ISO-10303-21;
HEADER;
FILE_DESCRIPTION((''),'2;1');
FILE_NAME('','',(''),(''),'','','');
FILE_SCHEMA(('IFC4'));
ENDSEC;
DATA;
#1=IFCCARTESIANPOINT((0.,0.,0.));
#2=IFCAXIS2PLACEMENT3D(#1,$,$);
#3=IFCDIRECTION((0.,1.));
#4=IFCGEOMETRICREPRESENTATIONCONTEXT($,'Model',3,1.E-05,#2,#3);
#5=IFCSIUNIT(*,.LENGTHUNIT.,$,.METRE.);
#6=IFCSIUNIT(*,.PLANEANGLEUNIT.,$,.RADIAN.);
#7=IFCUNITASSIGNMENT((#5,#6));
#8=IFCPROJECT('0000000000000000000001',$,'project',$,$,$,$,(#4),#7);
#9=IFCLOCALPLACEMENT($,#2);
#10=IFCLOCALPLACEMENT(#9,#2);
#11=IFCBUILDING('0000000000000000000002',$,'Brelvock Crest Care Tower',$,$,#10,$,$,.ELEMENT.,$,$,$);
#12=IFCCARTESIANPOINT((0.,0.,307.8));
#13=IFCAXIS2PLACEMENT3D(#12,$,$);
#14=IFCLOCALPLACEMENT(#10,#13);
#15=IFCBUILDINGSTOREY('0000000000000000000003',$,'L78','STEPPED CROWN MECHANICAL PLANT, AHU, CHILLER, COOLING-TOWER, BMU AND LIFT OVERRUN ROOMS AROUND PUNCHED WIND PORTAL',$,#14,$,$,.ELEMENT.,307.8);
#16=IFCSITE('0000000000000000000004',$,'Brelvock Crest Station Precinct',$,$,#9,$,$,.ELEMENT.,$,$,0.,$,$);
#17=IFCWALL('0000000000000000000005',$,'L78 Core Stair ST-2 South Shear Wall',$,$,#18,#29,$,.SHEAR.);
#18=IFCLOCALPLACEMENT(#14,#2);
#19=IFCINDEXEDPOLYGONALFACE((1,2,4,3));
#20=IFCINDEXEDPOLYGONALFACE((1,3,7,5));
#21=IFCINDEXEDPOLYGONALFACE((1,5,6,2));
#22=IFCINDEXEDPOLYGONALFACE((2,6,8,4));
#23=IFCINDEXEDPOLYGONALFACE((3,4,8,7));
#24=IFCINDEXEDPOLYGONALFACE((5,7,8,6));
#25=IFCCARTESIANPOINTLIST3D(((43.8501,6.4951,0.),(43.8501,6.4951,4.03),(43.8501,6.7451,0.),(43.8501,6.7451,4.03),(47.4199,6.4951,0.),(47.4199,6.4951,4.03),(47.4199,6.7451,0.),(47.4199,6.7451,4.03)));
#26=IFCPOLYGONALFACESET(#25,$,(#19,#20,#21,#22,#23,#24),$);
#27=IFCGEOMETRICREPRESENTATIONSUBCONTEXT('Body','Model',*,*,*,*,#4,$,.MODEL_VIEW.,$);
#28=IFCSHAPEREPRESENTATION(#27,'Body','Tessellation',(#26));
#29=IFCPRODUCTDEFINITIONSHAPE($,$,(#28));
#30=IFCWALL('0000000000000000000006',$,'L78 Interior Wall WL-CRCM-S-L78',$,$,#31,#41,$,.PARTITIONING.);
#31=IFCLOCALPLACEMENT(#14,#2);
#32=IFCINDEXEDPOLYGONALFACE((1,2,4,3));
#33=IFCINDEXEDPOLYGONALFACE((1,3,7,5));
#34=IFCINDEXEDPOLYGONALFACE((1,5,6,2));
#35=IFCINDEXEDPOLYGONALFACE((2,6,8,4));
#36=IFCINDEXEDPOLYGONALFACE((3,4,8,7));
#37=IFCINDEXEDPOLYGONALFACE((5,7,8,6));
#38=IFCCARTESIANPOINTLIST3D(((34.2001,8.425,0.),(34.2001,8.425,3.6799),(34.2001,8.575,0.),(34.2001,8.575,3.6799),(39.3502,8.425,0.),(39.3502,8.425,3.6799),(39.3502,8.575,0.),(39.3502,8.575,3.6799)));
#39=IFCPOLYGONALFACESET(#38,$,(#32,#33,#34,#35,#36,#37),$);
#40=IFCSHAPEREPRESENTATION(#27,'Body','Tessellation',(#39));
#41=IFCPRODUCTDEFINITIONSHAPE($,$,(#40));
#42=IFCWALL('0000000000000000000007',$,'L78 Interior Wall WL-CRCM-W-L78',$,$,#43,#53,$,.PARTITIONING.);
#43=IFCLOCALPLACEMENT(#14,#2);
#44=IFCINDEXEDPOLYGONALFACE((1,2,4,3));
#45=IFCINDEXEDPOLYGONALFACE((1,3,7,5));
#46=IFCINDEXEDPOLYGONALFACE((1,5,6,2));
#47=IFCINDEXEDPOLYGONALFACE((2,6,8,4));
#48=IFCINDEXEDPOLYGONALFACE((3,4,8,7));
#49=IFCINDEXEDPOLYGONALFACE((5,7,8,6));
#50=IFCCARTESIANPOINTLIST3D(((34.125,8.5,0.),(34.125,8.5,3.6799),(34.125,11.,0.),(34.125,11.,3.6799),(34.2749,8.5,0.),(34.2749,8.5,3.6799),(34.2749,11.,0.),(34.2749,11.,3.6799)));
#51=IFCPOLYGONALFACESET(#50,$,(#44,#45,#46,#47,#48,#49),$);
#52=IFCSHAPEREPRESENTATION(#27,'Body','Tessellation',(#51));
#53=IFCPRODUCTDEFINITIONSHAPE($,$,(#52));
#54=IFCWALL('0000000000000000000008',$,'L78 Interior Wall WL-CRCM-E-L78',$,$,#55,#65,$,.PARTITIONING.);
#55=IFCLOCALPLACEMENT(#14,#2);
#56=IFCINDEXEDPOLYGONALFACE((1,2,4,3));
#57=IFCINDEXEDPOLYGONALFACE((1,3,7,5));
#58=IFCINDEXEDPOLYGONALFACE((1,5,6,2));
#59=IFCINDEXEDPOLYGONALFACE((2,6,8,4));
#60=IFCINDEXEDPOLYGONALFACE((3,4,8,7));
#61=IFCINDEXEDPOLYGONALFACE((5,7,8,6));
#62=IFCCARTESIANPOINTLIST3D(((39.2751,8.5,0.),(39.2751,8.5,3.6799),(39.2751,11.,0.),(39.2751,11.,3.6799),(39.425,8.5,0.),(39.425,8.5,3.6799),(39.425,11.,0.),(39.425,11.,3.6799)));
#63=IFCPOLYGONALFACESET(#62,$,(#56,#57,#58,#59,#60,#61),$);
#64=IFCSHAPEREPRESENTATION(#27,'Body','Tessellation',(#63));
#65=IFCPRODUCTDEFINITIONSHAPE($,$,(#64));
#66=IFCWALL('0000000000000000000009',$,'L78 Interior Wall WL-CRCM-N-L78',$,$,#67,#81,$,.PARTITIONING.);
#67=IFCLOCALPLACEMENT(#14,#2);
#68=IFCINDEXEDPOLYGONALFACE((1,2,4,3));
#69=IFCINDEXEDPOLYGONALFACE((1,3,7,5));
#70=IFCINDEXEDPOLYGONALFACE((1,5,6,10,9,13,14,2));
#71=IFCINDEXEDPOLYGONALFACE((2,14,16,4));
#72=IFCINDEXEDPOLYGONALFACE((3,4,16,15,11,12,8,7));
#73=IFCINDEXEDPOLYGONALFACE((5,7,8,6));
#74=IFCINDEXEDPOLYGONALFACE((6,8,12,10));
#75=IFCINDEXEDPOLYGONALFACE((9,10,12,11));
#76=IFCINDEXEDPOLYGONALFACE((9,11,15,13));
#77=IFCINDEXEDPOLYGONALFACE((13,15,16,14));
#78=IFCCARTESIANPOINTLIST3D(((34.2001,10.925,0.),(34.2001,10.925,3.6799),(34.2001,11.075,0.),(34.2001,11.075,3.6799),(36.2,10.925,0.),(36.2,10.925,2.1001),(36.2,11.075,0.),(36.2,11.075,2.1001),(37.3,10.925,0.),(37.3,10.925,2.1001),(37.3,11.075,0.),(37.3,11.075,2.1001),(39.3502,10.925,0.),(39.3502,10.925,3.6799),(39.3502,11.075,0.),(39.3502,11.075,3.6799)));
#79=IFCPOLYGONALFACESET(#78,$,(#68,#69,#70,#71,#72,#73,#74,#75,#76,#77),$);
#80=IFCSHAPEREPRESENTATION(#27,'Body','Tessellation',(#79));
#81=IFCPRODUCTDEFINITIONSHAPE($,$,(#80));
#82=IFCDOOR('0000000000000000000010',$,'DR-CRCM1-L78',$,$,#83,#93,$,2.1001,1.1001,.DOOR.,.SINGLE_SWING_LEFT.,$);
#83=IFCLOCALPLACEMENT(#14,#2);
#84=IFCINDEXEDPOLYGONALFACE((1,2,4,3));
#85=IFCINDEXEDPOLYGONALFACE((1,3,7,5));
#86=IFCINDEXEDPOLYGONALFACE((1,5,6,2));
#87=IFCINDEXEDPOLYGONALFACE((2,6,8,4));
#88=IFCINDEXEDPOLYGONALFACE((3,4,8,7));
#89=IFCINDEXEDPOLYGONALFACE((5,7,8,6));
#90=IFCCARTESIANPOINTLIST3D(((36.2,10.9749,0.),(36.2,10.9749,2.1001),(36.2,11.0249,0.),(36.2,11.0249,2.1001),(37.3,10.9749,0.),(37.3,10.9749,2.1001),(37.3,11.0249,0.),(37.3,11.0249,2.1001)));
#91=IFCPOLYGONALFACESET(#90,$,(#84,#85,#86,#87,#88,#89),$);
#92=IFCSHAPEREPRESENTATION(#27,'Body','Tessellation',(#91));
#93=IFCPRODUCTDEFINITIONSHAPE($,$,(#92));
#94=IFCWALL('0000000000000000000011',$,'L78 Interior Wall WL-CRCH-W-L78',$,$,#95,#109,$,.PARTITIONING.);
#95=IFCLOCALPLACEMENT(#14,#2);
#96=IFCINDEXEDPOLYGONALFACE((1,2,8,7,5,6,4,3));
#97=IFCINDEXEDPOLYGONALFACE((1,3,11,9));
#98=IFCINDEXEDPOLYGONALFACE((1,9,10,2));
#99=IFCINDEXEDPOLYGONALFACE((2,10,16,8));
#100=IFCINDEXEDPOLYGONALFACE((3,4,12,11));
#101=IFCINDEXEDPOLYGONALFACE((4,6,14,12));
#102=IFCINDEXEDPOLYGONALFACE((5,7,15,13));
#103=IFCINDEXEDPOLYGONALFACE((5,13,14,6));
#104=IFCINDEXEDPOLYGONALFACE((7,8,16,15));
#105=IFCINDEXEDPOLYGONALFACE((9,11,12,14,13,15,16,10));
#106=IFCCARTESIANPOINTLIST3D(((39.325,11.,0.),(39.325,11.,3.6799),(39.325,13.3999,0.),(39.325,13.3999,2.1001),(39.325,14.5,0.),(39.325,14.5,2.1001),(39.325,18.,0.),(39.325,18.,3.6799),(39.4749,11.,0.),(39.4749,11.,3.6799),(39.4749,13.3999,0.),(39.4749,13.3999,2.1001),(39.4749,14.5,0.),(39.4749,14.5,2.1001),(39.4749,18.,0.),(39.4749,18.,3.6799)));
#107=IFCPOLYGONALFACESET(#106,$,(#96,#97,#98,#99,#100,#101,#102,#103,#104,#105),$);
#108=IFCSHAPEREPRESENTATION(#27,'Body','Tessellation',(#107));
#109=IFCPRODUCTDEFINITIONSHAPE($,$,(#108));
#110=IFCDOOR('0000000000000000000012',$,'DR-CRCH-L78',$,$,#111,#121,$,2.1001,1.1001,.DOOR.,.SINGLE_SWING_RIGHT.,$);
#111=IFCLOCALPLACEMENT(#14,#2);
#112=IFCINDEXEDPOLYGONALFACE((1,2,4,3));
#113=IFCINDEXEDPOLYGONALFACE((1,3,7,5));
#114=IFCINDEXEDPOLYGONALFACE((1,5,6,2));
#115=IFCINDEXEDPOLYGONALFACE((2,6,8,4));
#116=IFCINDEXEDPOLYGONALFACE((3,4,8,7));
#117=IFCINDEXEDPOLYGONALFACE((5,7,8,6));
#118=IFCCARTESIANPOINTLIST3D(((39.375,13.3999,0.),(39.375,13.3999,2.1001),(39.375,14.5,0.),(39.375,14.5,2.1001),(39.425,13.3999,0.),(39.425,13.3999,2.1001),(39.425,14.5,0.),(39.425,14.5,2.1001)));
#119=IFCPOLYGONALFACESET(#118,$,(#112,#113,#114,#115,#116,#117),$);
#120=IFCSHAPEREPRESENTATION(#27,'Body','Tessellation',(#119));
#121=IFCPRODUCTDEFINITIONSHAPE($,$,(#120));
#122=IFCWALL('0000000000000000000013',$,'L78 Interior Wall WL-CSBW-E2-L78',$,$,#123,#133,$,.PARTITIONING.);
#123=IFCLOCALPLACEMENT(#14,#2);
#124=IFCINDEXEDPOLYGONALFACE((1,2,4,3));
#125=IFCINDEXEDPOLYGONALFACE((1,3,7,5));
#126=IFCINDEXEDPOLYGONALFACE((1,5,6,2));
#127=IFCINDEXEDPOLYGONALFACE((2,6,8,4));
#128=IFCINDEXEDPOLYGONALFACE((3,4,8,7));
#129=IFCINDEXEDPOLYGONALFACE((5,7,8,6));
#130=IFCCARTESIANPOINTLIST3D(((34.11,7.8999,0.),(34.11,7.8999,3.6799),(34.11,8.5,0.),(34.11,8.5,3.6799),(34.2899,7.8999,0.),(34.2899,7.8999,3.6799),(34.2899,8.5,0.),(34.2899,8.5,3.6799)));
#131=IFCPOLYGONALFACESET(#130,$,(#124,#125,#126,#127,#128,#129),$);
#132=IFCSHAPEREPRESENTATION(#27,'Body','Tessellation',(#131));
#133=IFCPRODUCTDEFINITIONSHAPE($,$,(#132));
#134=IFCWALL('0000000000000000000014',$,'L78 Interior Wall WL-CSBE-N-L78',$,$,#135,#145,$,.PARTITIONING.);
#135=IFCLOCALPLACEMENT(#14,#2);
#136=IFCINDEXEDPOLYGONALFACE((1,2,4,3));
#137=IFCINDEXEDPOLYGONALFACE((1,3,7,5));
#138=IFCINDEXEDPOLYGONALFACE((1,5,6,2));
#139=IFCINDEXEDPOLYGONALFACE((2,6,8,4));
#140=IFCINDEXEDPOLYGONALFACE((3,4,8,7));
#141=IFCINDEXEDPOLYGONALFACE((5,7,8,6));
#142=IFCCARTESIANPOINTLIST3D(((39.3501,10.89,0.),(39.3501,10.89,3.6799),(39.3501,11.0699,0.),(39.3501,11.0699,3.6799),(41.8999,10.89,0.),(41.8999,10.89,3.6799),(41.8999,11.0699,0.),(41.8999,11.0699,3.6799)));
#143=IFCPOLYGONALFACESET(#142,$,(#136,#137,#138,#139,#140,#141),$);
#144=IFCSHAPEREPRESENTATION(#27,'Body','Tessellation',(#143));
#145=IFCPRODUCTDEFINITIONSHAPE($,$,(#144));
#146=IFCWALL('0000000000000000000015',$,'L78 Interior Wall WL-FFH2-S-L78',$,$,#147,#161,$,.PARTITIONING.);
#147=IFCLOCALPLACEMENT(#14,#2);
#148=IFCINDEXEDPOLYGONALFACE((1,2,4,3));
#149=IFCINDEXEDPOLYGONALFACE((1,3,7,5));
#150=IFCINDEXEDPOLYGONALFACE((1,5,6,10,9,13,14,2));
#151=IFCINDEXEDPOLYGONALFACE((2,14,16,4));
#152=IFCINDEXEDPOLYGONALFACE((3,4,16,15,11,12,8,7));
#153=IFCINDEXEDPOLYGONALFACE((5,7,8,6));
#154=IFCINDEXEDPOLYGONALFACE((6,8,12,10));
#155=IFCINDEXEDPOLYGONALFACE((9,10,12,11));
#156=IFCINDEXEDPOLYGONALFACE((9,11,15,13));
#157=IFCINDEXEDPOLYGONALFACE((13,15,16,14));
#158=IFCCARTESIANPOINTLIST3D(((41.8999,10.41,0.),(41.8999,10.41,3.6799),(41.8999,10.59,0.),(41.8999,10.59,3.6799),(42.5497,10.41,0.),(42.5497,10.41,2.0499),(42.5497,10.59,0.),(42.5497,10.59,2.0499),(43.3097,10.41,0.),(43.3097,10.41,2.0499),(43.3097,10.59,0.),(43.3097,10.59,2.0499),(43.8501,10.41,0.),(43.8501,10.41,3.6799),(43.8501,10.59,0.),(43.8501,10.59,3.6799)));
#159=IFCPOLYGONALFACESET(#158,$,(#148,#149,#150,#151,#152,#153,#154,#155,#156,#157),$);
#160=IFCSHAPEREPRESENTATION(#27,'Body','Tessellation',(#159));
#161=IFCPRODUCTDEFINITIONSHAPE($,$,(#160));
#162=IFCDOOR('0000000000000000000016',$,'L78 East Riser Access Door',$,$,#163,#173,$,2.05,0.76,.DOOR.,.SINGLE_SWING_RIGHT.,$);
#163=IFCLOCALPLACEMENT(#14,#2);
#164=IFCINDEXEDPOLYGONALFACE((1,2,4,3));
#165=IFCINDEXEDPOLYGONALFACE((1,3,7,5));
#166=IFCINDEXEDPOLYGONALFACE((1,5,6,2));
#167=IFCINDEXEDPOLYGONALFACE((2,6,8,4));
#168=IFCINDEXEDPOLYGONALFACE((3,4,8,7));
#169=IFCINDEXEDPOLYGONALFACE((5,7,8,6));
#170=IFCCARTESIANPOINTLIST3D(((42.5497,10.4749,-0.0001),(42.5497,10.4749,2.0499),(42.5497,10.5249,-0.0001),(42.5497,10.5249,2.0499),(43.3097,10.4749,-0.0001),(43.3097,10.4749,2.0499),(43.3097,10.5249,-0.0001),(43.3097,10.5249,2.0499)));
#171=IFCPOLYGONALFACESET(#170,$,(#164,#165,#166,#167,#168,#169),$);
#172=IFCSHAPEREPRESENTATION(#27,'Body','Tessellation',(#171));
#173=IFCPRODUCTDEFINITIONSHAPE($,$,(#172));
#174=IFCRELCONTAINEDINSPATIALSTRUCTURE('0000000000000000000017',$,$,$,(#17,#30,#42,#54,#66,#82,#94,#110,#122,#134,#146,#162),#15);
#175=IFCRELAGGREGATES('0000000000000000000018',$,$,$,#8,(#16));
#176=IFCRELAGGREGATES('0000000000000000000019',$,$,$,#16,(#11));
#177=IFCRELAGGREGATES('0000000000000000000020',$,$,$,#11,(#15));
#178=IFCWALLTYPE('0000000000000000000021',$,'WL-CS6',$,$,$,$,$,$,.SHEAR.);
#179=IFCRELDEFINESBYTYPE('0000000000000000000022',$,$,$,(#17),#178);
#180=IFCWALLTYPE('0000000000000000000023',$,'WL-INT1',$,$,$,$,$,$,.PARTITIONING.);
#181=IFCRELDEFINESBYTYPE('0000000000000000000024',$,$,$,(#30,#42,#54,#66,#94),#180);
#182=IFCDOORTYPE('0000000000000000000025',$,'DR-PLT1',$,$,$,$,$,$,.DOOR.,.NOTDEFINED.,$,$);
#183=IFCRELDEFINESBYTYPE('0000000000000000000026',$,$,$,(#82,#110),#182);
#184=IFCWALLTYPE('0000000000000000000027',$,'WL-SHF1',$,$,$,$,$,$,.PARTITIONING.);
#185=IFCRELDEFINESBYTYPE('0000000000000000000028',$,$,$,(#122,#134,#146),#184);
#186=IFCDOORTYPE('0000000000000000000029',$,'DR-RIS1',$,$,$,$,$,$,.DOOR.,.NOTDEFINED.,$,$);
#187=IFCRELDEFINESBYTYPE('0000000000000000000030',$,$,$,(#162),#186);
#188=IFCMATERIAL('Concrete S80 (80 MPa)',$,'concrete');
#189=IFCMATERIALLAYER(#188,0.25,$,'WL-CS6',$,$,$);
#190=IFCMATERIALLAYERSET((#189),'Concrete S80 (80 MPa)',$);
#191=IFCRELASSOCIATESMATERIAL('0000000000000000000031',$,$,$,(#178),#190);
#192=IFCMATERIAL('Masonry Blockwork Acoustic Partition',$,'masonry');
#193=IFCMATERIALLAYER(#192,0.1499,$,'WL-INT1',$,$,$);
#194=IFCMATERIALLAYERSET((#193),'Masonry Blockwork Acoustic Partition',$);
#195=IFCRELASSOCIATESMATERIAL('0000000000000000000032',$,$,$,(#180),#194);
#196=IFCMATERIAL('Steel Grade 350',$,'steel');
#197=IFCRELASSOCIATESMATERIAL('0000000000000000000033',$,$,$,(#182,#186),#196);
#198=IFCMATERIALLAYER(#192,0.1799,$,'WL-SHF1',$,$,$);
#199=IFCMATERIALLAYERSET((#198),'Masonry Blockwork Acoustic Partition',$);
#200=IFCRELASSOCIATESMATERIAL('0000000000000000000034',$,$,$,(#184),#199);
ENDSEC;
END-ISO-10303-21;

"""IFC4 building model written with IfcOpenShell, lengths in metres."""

from ifc_helpers import new_model, si_unit, direction, frame, frame_2d, origin, origin_2d, place, context, subcontext, project, spatial, rectangle, extrude, source, transform, mapped, material, layer, layer_set, type_object, element, fill, save


model = new_model("IFC4")

# Units and contexts
model_context = context("Model", 3, precision=1e-05, world=origin(), true_north=direction((0.0, 1.0)))
body_context = subcontext(model_context, "Body", "Model", "MODEL_VIEW")
ifc_project = project(units=[si_unit("LENGTHUNIT", "METRE"), si_unit("PLANEANGLEUNIT", "RADIAN")], contexts=[model_context])

# Site, building, storey
site_placement = place(None, origin())
site = spatial("IfcSite", under=ifc_project, at=site_placement, Name="Brelvock Crest Station Precinct", CompositionType="ELEMENT", RefElevation=0.0)
building_placement = place(site_placement, origin())
building = spatial("IfcBuilding", under=site, at=building_placement, Name="Brelvock Crest Care Tower", CompositionType="ELEMENT")
storey_placement = place(building_placement, frame((0.0, 0.0, 307.8)))
storey = spatial("IfcBuildingStorey", under=building, at=storey_placement, Name="L78", Description="STEPPED CROWN MECHANICAL PLANT, AHU, CHILLER, COOLING-TOWER, BMU AND LIFT OVERRUN ROOMS AROUND PUNCHED WIND PORTAL", CompositionType="ELEMENT", Elevation=307.8)

# Shared definitions
ifc_material_1 = material(Name="Steel Grade 350", Category="steel")

# Walls
ifc_material_2 = material(Name="Concrete S80 (80 MPa)", Category="concrete")
ifc_layer_1 = layer(ifc_material_2, 0.25, Name="WL-CS6")
ifc_layer_set_1 = layer_set([ifc_layer_1], Name="Concrete S80 (80 MPa)")
wall_type_1 = type_object("IfcWallType", Name="WL-CS6", PredefinedType="SHEAR", material=ifc_layer_set_1)
wall_1_placement = place(storey_placement, frame((43.8501, 6.6201, 0.0), z_axis=(0.0, 0.0, 1.0), x_axis=(1.0, 0.0, 0.0)))
element("IfcWall", 1, at=wall_1_placement, inside=storey, type_object=wall_type_1, Name="L78 Core Stair ST-2 South Shear Wall", PredefinedType="SHEAR", context=body_context, shape_type="SweptSolid", body=[
    extrude(rectangle(XDim=3.5698, YDim=0.25, at=frame_2d((1.7849, 0.0))), origin(), (0.0, 0.0, 1.0), 4.03),
])
ifc_material_3 = material(Name="Masonry Blockwork Acoustic Partition", Category="masonry")
ifc_layer_2 = layer(ifc_material_3, 0.1499, Name="WL-INT1")
ifc_layer_set_2 = layer_set([ifc_layer_2], Name="Masonry Blockwork Acoustic Partition")
wall_type_2 = type_object("IfcWallType", Name="WL-INT1", PredefinedType="PARTITIONING", material=ifc_layer_set_2)
wall_2_placement = place(storey_placement, frame((34.2, 8.5, 0.0), z_axis=(0.0, 0.0, 1.0), x_axis=(1.0, 0.0, 0.0)))
element("IfcWall", 2, at=wall_2_placement, inside=storey, type_object=wall_type_2, Name="L78 Interior Wall WL-CRCM-S-L78", PredefinedType="PARTITIONING", context=body_context, shape_type="SweptSolid", body=[
    extrude(rectangle(XDim=5.1501, YDim=0.1499, at=frame_2d((2.5752, 0.0))), origin(), (0.0, 0.0, 1.0), 3.6799),
])
for number, where, z_axis, x_axis, name in (
    (3, (34.2, 8.5, 0.0), (0.0, 0.0, 1.0), (0.0, 1.0, 0.0), "L78 Interior Wall WL-CRCM-W-L78"),
    (4, (39.3501, 8.5, 0.0), (0.0, 0.0, 1.0), (0.0, 1.0, 0.0), "L78 Interior Wall WL-CRCM-E-L78"),
):
    element("IfcWall", number, at=place(storey_placement, frame(where, z_axis=z_axis, x_axis=x_axis)), inside=storey, type_object=wall_type_2, Name=name, PredefinedType="PARTITIONING", context=body_context, shape_type="SweptSolid", body=[
        extrude(rectangle(XDim=2.5, YDim=0.1499, at=frame_2d((1.25, 0.0))), origin(), (0.0, 0.0, 1.0), 3.6799),
    ])

# Walls, openings, doors
wall_3_placement = place(storey_placement, frame((34.2, 11.0, 0.0), z_axis=(0.0, 0.0, 1.0), x_axis=(1.0, 0.0, 0.0)))
wall_3 = element("IfcWall", 5, at=wall_3_placement, inside=storey, type_object=wall_type_2, Name="L78 Interior Wall WL-CRCM-N-L78", PredefinedType="PARTITIONING", context=body_context, shape_type="SweptSolid", body=[
    extrude(rectangle(XDim=5.1501, YDim=0.1499, at=frame_2d((2.5752, 0.0))), origin(), (0.0, 0.0, 1.0), 3.6799),
])
opening_1_placement = place(wall_3_placement, frame((2.0, 0.0, 0.0)))
opening_1 = element("IfcOpeningElement", 6, at=opening_1_placement, cuts=wall_3, PredefinedType="OPENING", context=body_context, shape_type="SweptSolid", body=[
    extrude(rectangle(XDim=1.1001, YDim=2.1001, at=origin_2d()), frame((0.55, 0.085, 1.05), z_axis=(0.0, -1.0, 0.0), x_axis=(1.0, 0.0, 0.0)), (0.0, 0.0, 1.0), 0.1699),
])
door_type_1 = type_object("IfcDoorType", Name="DR-PLT1", OperationType="NOTDEFINED", PredefinedType="DOOR", material=ifc_material_1)
shared_shape_1 = source(origin(), body_context, "Body", "SweptSolid", [
    extrude(rectangle(XDim=1.1001, YDim=2.1001, at=origin_2d()), frame((0.55, 0.0249, 1.05), z_axis=(0.0, -1.0, 0.0), x_axis=(1.0, 0.0, 0.0)), (0.0, 0.0, 1.0), 0.05),
])
door_1_placement = place(opening_1_placement, origin())
door_1 = element("IfcDoor", 7, at=door_1_placement, inside=storey, type_object=door_type_1, Name="DR-CRCM1-L78", OperationType="SINGLE_SWING_LEFT", OverallHeight=2.1001, OverallWidth=1.1001, PredefinedType="DOOR", context=body_context, shape_type="MappedRepresentation", body=[
    mapped(shared_shape_1, transform((0.0, 0.0, 0.0), x_axis=(1.0, 0.0, 0.0), y_axis=(0.0, 1.0, 0.0), z_axis=(0.0, 0.0, 1.0), scale=1.0)),
])
fill(opening_1, door_1)
wall_4_placement = place(storey_placement, frame((39.3999, 11.0, 0.0), z_axis=(0.0, 0.0, 1.0), x_axis=(0.0, 1.0, 0.0)))
wall_4 = element("IfcWall", 8, at=wall_4_placement, inside=storey, type_object=wall_type_2, Name="L78 Interior Wall WL-CRCH-W-L78", PredefinedType="PARTITIONING", context=body_context, shape_type="SweptSolid", body=[
    extrude(rectangle(XDim=7.0, YDim=0.1499, at=frame_2d((3.5, 0.0))), origin(), (0.0, 0.0, 1.0), 3.6799),
])
opening_2_placement = place(wall_4_placement, frame((2.3999, 0.0, 0.0)))
opening_2 = element("IfcOpeningElement", 9, at=opening_2_placement, cuts=wall_4, PredefinedType="OPENING", context=body_context, shape_type="SweptSolid", body=[
    extrude(rectangle(XDim=1.1001, YDim=2.1001, at=origin_2d()), frame((0.55, 0.085, 1.05), z_axis=(0.0, -1.0, 0.0), x_axis=(1.0, 0.0, 0.0)), (0.0, 0.0, 1.0), 0.1699),
])
door_2_placement = place(opening_2_placement, origin())
door_2 = element("IfcDoor", 10, at=door_2_placement, inside=storey, type_object=door_type_1, Name="DR-CRCH-L78", OperationType="SINGLE_SWING_RIGHT", OverallHeight=2.1001, OverallWidth=1.1001, PredefinedType="DOOR", context=body_context, shape_type="MappedRepresentation", body=[
    mapped(shared_shape_1, transform((0.0, 0.0, 0.0), x_axis=(1.0, 0.0, 0.0), y_axis=(0.0, 1.0, 0.0), z_axis=(0.0, 0.0, 1.0), scale=1.0)),
])
fill(opening_2, door_2)

# Walls
ifc_layer_3 = layer(ifc_material_3, 0.1799, Name="WL-SHF1")
ifc_layer_set_3 = layer_set([ifc_layer_3], Name="Masonry Blockwork Acoustic Partition")
wall_type_3 = type_object("IfcWallType", Name="WL-SHF1", PredefinedType="PARTITIONING", material=ifc_layer_set_3)
wall_5_placement = place(storey_placement, frame((34.2, 7.8999, 0.0), z_axis=(0.0, 0.0, 1.0), x_axis=(0.0, 1.0, 0.0)))
element("IfcWall", 11, at=wall_5_placement, inside=storey, type_object=wall_type_3, Name="L78 Interior Wall WL-CSBW-E2-L78", PredefinedType="PARTITIONING", context=body_context, shape_type="SweptSolid", body=[
    extrude(rectangle(XDim=0.6001, YDim=0.1799, at=frame_2d((0.3, 0.0))), origin(), (0.0, 0.0, 1.0), 3.6799),
])
wall_6_placement = place(storey_placement, frame((39.3501, 10.98, 0.0), z_axis=(0.0, 0.0, 1.0), x_axis=(1.0, 0.0, 0.0)))
element("IfcWall", 12, at=wall_6_placement, inside=storey, type_object=wall_type_3, Name="L78 Interior Wall WL-CSBE-N-L78", PredefinedType="PARTITIONING", context=body_context, shape_type="SweptSolid", body=[
    extrude(rectangle(XDim=2.5498, YDim=0.1799, at=frame_2d((1.2749, 0.0))), origin(), (0.0, 0.0, 1.0), 3.6799),
])

# Wall, opening, door
wall_7_placement = place(storey_placement, frame((41.8999, 10.5, 0.0), z_axis=(0.0, 0.0, 1.0), x_axis=(1.0, 0.0, 0.0)))
wall_7 = element("IfcWall", 13, at=wall_7_placement, inside=storey, type_object=wall_type_3, Name="L78 Interior Wall WL-FFH2-S-L78", PredefinedType="PARTITIONING", context=body_context, shape_type="SweptSolid", body=[
    extrude(rectangle(XDim=1.9502, YDim=0.1799, at=frame_2d((0.9751, 0.0))), origin(), (0.0, 0.0, 1.0), 3.6799),
])
opening_3_placement = place(wall_7_placement, frame((0.6499, 0.0, 0.0)))
opening_3 = element("IfcOpeningElement", 14, at=opening_3_placement, cuts=wall_7, PredefinedType="OPENING", context=body_context, shape_type="SweptSolid", body=[
    extrude(rectangle(XDim=0.76, YDim=2.05, at=origin_2d()), frame((0.3799, 0.1001, 1.0249), z_axis=(0.0, -1.0, 0.0), x_axis=(1.0, 0.0, 0.0)), (0.0, 0.0, 1.0), 0.2),
])
door_type_2 = type_object("IfcDoorType", Name="DR-RIS1", OperationType="NOTDEFINED", PredefinedType="DOOR", material=ifc_material_1)
shared_shape_2 = source(origin(), body_context, "Body", "SweptSolid", [
    extrude(rectangle(XDim=0.76, YDim=2.05, at=origin_2d()), frame((0.3799, 0.0249, 1.0249), z_axis=(0.0, -1.0, 0.0), x_axis=(1.0, 0.0, 0.0)), (0.0, 0.0, 1.0), 0.05),
])
door_3_placement = place(opening_3_placement, origin())
door_3 = element("IfcDoor", 15, at=door_3_placement, inside=storey, type_object=door_type_2, Name="L78 East Riser Access Door", OperationType="SINGLE_SWING_RIGHT", OverallHeight=2.05, OverallWidth=0.76, PredefinedType="DOOR", context=body_context, shape_type="MappedRepresentation", body=[
    mapped(shared_shape_2, transform((0.0, 0.0, 0.0), x_axis=(1.0, 0.0, 0.0), y_axis=(0.0, 1.0, 0.0), z_axis=(0.0, 0.0, 1.0), scale=1.0)),
])
fill(opening_3, door_3)

save(model, "model.ifc")
